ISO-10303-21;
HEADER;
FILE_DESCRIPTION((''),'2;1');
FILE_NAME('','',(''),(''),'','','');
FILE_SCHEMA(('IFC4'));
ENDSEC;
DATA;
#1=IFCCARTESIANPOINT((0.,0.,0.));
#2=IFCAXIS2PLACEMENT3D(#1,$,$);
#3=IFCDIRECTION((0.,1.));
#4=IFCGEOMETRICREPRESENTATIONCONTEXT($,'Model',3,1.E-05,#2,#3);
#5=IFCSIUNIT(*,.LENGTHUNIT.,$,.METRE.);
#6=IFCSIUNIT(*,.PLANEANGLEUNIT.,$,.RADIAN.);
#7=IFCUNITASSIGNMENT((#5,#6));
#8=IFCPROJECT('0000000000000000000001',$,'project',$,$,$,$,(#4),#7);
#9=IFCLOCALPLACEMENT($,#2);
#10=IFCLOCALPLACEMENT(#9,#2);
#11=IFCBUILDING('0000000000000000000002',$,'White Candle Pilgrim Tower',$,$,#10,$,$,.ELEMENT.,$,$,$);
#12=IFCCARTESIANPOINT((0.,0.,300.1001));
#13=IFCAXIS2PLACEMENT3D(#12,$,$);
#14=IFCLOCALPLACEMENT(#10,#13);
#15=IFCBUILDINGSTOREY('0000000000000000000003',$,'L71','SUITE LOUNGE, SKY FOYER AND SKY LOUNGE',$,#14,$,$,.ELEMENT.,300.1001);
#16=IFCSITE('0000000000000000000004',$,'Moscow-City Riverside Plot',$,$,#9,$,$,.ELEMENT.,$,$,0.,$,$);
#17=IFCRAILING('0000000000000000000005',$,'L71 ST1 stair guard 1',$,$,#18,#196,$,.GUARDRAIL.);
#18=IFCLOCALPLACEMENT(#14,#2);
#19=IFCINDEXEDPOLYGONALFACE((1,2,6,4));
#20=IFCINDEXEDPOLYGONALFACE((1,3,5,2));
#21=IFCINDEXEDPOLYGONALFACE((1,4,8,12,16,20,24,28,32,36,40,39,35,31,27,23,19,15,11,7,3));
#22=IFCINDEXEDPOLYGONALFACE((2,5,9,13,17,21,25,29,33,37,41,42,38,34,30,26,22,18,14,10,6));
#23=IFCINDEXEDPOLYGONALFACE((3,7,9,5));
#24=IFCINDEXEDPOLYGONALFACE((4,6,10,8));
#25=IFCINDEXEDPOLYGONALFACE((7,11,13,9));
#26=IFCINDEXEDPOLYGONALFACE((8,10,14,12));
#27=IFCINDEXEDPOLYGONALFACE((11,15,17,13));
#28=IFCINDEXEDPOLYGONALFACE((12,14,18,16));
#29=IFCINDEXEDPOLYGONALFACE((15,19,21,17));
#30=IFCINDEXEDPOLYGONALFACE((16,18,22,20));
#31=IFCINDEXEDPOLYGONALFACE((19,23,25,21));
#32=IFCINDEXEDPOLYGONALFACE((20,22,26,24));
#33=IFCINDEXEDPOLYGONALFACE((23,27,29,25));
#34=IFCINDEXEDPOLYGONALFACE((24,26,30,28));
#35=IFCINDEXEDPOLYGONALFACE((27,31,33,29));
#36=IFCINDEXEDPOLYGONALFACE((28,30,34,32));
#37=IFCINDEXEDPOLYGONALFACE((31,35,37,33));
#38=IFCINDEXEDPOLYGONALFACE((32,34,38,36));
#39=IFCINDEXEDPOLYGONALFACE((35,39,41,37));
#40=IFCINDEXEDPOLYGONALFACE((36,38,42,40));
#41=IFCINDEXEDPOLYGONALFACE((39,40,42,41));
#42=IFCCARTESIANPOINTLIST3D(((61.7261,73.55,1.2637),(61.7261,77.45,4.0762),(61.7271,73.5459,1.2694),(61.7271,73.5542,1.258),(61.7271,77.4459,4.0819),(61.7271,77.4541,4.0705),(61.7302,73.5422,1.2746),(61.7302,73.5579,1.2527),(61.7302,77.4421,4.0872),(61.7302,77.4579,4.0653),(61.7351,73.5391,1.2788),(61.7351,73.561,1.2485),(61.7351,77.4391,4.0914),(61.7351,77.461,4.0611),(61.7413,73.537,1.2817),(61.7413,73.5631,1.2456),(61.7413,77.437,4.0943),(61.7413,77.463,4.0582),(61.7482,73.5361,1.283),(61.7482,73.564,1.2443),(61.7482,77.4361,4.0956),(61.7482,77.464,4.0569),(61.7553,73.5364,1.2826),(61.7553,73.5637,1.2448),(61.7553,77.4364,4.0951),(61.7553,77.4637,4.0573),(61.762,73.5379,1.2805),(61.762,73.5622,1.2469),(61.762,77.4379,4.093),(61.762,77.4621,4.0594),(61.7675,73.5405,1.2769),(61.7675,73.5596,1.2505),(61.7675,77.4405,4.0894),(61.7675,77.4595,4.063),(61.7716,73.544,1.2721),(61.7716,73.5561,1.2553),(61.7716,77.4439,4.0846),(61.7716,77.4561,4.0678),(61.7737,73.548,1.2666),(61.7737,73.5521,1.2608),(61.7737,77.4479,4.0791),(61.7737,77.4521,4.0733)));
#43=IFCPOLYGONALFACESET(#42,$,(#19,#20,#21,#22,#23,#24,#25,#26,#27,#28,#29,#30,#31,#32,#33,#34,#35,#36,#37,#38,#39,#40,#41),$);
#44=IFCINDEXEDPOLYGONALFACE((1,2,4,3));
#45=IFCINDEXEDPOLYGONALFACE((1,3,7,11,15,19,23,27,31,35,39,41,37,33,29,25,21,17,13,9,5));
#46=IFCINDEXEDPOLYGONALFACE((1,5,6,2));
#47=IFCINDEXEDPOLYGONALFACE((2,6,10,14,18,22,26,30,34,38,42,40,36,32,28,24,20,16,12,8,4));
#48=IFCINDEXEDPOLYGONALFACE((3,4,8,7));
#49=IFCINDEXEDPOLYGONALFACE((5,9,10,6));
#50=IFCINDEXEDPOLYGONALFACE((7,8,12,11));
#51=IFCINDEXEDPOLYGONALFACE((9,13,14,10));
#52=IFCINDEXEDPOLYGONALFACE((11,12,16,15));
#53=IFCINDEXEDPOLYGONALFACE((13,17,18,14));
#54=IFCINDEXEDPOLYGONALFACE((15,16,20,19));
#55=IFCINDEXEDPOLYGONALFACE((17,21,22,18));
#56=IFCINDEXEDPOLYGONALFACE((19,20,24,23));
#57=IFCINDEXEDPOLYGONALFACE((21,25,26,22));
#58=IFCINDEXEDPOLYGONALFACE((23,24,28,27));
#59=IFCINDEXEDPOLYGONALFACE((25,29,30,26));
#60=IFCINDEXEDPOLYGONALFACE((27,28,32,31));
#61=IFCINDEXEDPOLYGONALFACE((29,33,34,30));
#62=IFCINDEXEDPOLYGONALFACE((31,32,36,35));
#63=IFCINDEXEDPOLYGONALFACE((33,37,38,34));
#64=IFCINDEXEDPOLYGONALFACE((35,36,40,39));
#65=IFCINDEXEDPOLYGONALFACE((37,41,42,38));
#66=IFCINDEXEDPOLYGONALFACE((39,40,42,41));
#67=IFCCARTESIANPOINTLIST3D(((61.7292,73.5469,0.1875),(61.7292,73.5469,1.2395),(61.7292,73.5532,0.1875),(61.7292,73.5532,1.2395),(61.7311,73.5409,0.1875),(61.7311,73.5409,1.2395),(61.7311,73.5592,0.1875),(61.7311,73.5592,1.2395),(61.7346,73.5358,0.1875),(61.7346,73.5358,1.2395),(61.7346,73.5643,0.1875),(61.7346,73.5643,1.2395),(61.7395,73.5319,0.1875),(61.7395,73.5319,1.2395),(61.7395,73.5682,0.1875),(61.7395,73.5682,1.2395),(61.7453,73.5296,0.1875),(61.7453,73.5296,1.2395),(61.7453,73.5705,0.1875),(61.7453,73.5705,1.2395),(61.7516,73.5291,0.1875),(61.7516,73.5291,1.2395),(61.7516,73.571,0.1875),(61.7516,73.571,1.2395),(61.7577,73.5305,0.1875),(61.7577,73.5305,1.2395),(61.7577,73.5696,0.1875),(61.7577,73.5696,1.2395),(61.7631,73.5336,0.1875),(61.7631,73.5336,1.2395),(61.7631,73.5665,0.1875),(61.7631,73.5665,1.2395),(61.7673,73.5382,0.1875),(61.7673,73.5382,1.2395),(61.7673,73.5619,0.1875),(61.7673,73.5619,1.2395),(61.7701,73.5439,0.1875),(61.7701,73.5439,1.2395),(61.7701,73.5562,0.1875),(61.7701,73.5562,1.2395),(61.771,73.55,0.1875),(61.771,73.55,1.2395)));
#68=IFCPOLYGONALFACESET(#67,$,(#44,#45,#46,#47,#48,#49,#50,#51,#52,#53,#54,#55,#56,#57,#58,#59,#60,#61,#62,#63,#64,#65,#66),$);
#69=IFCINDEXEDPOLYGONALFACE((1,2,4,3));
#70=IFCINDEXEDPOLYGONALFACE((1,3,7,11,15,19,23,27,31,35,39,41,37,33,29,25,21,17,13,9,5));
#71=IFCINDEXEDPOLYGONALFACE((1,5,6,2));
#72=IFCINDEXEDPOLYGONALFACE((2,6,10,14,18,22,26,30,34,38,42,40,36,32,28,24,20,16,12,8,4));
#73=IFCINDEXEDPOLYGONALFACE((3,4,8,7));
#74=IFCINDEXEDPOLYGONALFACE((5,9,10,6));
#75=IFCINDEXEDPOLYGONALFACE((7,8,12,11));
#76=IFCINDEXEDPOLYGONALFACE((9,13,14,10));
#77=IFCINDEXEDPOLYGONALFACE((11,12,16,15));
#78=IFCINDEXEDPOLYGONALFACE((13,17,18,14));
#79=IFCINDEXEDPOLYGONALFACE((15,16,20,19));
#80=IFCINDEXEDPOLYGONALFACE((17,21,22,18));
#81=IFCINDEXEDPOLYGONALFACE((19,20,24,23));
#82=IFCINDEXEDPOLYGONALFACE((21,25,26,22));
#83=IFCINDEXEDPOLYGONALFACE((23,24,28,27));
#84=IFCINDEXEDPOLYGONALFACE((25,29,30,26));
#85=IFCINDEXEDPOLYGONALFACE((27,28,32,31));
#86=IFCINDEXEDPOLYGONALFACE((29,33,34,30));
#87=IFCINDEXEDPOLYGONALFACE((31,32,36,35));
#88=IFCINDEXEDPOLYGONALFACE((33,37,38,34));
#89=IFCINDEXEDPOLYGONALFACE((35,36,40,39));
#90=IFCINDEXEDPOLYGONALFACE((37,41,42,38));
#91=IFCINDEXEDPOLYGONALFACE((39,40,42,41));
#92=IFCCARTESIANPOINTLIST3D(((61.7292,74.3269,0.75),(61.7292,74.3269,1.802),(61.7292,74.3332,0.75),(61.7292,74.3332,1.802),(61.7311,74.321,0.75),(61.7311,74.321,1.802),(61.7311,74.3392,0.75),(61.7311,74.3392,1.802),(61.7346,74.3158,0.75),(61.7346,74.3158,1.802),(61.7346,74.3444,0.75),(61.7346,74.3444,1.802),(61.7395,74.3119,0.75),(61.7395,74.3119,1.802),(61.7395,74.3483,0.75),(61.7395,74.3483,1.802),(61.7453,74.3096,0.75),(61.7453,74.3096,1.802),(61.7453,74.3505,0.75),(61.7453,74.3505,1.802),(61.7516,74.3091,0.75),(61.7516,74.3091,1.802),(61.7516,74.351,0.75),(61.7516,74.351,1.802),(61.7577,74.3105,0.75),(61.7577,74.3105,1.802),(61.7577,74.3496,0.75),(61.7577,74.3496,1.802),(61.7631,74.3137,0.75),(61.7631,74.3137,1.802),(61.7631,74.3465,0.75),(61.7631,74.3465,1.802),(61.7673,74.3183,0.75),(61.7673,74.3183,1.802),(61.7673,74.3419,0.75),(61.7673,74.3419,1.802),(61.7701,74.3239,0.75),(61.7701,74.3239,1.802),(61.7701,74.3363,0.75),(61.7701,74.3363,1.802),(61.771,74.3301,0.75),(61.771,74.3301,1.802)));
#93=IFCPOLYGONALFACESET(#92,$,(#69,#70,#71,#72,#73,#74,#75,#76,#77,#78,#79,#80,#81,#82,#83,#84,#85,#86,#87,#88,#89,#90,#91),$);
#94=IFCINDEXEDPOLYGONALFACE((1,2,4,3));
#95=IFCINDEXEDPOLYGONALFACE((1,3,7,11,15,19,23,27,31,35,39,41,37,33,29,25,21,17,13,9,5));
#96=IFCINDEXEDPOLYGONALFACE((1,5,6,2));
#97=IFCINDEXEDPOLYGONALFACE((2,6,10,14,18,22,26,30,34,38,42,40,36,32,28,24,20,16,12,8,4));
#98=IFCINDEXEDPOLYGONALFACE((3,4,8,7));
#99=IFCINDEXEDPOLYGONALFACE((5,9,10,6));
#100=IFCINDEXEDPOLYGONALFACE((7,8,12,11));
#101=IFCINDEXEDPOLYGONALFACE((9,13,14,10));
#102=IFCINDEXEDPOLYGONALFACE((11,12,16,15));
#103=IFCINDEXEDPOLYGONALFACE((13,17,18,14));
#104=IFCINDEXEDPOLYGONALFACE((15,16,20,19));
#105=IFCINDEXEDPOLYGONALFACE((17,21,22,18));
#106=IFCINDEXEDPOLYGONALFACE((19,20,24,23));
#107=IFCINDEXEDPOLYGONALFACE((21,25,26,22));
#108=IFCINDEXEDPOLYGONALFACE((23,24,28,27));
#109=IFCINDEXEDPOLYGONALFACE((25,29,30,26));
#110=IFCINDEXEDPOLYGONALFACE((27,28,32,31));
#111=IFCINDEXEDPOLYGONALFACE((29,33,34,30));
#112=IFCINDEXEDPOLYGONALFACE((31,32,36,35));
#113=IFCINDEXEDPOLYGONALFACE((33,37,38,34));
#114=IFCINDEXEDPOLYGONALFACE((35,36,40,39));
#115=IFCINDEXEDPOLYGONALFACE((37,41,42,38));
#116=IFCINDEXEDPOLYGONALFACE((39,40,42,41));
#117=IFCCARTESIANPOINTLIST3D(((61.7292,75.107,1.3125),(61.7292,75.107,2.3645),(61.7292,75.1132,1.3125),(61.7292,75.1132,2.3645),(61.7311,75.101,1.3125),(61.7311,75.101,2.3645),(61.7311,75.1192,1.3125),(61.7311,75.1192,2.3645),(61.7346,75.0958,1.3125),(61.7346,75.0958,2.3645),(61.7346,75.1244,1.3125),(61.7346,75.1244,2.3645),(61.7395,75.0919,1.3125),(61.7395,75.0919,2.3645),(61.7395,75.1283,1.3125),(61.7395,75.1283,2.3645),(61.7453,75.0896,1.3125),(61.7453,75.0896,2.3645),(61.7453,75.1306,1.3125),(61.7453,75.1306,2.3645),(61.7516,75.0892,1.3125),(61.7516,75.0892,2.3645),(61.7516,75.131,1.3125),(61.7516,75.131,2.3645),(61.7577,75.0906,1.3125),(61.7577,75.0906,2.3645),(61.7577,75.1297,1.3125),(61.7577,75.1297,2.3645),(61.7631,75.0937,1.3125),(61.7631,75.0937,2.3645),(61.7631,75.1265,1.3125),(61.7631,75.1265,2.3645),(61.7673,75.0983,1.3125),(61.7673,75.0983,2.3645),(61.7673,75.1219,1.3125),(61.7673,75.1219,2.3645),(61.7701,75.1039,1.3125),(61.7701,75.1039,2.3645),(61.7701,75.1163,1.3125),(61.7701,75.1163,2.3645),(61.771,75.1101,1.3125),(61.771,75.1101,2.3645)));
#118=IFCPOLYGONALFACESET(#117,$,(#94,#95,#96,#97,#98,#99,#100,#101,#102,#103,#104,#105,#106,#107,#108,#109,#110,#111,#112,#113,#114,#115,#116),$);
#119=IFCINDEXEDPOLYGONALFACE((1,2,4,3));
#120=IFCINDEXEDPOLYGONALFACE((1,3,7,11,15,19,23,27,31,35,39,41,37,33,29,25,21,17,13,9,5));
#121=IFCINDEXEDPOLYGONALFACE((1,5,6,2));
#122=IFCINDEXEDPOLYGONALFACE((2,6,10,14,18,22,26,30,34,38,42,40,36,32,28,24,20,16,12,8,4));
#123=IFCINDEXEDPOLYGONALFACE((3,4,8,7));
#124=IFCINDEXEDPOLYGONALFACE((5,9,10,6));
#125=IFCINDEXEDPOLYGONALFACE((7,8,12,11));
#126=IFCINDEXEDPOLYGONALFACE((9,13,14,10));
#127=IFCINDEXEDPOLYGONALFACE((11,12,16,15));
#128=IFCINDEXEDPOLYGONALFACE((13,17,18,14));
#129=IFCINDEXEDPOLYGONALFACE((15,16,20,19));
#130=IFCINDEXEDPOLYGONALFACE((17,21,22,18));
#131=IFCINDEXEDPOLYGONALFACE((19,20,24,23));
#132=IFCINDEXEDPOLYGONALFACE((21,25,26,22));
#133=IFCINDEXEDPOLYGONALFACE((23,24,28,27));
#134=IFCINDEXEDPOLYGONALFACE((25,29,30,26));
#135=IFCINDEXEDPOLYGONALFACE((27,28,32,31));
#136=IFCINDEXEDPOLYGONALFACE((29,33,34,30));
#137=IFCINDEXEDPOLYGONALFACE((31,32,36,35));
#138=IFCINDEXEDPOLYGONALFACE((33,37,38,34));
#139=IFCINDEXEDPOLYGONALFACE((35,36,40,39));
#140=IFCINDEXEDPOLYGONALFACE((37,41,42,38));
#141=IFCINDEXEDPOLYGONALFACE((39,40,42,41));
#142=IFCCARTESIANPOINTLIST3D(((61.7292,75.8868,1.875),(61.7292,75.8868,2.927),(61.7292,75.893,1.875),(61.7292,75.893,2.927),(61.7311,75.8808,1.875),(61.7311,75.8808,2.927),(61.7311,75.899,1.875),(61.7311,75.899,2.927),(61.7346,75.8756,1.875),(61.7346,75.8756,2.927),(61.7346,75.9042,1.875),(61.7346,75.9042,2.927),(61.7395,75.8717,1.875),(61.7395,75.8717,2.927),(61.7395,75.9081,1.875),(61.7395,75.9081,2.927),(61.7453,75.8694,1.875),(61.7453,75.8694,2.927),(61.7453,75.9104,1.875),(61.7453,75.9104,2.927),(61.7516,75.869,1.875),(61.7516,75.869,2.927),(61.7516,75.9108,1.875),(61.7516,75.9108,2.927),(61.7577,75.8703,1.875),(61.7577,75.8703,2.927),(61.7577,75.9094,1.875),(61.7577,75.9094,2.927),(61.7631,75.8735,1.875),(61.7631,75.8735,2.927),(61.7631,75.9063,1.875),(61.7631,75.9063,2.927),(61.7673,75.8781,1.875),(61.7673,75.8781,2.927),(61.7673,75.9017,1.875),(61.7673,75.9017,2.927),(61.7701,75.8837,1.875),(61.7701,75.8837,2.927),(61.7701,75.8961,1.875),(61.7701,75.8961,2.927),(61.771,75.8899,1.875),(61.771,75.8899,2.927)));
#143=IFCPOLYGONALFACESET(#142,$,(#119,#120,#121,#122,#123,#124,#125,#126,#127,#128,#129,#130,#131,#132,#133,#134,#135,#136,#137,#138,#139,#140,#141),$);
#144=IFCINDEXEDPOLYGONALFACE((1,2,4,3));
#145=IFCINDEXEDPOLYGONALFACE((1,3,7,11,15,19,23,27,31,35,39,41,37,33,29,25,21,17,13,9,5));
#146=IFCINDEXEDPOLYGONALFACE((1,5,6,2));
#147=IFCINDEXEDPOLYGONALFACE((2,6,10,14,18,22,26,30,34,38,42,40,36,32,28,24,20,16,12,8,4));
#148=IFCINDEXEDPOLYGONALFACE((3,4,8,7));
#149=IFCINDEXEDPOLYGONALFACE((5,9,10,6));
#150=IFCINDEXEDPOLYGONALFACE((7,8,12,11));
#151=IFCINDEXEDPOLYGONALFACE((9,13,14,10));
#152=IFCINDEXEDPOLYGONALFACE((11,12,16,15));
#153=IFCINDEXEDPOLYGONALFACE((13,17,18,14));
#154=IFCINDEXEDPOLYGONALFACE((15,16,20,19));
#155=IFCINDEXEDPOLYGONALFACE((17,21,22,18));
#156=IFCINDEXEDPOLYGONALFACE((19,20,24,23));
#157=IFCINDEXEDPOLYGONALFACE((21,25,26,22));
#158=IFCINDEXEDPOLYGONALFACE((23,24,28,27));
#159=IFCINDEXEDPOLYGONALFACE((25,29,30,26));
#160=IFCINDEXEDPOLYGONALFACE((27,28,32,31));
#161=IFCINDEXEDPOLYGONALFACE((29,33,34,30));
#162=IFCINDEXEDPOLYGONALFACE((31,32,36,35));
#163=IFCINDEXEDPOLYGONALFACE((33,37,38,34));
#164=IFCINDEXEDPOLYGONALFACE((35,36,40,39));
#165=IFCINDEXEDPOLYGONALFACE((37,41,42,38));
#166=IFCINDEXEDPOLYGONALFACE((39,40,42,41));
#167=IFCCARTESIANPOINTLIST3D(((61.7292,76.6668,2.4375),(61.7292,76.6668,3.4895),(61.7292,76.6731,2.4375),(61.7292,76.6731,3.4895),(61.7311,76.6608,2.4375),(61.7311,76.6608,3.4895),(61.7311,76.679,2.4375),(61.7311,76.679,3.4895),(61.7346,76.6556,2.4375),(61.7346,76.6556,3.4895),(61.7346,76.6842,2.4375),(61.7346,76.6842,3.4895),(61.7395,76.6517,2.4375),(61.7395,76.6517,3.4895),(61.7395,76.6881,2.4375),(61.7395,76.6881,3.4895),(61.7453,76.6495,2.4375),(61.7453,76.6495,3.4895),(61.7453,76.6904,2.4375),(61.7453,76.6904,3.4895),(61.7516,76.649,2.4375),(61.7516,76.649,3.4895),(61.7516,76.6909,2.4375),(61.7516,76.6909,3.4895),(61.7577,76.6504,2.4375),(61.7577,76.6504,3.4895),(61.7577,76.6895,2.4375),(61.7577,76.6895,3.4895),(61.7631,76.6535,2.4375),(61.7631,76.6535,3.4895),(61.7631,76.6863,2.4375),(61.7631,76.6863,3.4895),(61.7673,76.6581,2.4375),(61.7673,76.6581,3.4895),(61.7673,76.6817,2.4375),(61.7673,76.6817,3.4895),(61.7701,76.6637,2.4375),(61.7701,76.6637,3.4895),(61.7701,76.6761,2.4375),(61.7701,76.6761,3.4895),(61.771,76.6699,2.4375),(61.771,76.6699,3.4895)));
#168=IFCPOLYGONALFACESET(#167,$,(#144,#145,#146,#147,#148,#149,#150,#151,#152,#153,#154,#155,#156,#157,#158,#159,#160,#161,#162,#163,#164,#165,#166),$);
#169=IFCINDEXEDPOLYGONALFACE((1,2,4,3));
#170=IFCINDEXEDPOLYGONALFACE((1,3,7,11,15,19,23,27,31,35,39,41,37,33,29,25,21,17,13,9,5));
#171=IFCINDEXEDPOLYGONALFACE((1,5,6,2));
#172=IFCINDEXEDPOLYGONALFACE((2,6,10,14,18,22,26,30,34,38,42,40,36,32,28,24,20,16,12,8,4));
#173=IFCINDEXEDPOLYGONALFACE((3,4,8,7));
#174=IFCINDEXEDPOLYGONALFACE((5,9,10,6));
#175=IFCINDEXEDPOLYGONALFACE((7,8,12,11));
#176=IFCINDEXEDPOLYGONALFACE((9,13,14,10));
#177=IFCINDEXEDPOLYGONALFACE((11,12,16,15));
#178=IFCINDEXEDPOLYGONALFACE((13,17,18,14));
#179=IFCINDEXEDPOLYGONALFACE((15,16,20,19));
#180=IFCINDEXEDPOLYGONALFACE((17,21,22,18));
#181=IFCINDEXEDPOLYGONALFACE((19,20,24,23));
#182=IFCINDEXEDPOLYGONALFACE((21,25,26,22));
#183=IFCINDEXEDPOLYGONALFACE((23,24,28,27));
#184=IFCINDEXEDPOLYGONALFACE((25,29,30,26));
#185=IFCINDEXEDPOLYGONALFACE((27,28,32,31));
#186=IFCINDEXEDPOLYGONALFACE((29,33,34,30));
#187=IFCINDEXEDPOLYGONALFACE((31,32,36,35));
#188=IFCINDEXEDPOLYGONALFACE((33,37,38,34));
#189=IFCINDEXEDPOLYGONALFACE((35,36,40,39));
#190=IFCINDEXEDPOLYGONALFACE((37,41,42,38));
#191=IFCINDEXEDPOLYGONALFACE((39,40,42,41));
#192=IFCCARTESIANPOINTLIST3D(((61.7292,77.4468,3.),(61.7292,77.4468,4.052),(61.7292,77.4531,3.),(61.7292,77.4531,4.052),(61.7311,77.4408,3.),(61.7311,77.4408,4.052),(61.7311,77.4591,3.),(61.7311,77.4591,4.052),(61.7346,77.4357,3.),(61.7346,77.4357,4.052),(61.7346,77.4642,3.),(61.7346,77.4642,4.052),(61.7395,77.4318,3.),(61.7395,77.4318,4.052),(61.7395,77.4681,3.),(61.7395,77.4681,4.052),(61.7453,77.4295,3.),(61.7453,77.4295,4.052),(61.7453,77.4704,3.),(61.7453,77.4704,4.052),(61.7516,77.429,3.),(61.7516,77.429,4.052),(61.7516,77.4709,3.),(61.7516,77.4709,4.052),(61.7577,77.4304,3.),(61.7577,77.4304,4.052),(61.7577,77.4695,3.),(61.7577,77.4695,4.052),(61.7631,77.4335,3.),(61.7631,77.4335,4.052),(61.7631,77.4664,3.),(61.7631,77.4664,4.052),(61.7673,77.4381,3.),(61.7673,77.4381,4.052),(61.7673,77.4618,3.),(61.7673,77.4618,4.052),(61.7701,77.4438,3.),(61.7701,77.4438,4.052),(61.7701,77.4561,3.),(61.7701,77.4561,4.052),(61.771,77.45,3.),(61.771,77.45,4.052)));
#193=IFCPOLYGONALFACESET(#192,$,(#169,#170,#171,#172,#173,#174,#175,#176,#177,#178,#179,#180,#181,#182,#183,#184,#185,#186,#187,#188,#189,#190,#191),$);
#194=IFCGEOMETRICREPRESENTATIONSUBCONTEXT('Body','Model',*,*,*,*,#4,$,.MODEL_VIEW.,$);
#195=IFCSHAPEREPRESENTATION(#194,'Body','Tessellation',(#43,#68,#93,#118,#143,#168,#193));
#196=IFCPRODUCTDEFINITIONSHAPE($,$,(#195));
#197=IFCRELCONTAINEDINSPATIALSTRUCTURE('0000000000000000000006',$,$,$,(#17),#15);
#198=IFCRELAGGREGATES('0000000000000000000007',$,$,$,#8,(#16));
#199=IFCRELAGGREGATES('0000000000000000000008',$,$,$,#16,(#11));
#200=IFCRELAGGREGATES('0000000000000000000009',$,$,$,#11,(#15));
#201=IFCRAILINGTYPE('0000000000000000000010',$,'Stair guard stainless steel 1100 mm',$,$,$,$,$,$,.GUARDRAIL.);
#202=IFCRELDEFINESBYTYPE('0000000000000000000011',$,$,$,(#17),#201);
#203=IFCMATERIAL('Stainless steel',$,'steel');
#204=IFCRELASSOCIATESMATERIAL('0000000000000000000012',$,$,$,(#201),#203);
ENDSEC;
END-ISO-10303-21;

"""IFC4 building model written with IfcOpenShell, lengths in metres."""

from ifc_helpers import new_model, si_unit, direction, frame, origin, origin_2d, place, context, subcontext, project, spatial, circle, extrude, material, type_object, element, save


model = new_model("IFC4")

# Units and contexts
model_context = context("Model", 3, precision=1e-05, world=origin(), true_north=direction((0.0, 1.0)))
body_context = subcontext(model_context, "Body", "Model", "MODEL_VIEW")
ifc_project = project(units=[si_unit("LENGTHUNIT", "METRE"), si_unit("PLANEANGLEUNIT", "RADIAN")], contexts=[model_context])

# Site, building, storey
site_placement = place(None, origin())
site = spatial("IfcSite", under=ifc_project, at=site_placement, Name="Moscow-City Riverside Plot", CompositionType="ELEMENT", RefElevation=0.0)
building_placement = place(site_placement, origin())
building = spatial("IfcBuilding", under=site, at=building_placement, Name="White Candle Pilgrim Tower", CompositionType="ELEMENT")
storey_placement = place(building_placement, frame((0.0, 0.0, 300.1001)))
storey = spatial("IfcBuildingStorey", under=building, at=storey_placement, Name="L71", Description="SUITE LOUNGE, SKY FOYER AND SKY LOUNGE", CompositionType="ELEMENT", Elevation=300.1001)

# Railing
ifc_material_1 = material(Name="Stainless steel", Category="steel")
railing_type_1 = type_object("IfcRailingType", Name="Stair guard stainless steel 1100 mm", PredefinedType="GUARDRAIL", material=ifc_material_1)
railing_1_placement = place(storey_placement, frame((61.75, 73.55, 0.1875)))
element("IfcRailing", 1, at=railing_1_placement, inside=storey, type_object=railing_type_1, Name="L71 ST1 stair guard 1", PredefinedType="GUARDRAIL", context=body_context, shape_type="SweptSolid", body=[
    extrude(circle(Radius=0.0239, at=origin_2d()), frame((0.0, 0.0, 1.0762), z_axis=(0.0, 0.811083, 0.584931), x_axis=(-1.0, 0.0, 0.0)), (0.0, 0.0, 1.0), 4.8083),
    extrude(circle(Radius=0.021, at=origin_2d()), origin(), (0.0, 0.0, 1.0), 1.052),
    extrude(circle(Radius=0.021, at=origin_2d()), frame((0.0, 0.78, 0.5625)), (0.0, 0.0, 1.0), 1.052),
    extrude(circle(Radius=0.021, at=origin_2d()), frame((0.0, 1.5601, 1.125)), (0.0, 0.0, 1.0), 1.052),
    extrude(circle(Radius=0.021, at=origin_2d()), frame((0.0, 2.3398, 1.6875)), (0.0, 0.0, 1.0), 1.052),
    extrude(circle(Radius=0.021, at=origin_2d()), frame((0.0, 3.1199, 2.25)), (0.0, 0.0, 1.0), 1.052),
    extrude(circle(Radius=0.021, at=origin_2d()), frame((0.0, 3.8999, 2.8125)), (0.0, 0.0, 1.0), 1.052),
])

save(model, "model.ifc")
